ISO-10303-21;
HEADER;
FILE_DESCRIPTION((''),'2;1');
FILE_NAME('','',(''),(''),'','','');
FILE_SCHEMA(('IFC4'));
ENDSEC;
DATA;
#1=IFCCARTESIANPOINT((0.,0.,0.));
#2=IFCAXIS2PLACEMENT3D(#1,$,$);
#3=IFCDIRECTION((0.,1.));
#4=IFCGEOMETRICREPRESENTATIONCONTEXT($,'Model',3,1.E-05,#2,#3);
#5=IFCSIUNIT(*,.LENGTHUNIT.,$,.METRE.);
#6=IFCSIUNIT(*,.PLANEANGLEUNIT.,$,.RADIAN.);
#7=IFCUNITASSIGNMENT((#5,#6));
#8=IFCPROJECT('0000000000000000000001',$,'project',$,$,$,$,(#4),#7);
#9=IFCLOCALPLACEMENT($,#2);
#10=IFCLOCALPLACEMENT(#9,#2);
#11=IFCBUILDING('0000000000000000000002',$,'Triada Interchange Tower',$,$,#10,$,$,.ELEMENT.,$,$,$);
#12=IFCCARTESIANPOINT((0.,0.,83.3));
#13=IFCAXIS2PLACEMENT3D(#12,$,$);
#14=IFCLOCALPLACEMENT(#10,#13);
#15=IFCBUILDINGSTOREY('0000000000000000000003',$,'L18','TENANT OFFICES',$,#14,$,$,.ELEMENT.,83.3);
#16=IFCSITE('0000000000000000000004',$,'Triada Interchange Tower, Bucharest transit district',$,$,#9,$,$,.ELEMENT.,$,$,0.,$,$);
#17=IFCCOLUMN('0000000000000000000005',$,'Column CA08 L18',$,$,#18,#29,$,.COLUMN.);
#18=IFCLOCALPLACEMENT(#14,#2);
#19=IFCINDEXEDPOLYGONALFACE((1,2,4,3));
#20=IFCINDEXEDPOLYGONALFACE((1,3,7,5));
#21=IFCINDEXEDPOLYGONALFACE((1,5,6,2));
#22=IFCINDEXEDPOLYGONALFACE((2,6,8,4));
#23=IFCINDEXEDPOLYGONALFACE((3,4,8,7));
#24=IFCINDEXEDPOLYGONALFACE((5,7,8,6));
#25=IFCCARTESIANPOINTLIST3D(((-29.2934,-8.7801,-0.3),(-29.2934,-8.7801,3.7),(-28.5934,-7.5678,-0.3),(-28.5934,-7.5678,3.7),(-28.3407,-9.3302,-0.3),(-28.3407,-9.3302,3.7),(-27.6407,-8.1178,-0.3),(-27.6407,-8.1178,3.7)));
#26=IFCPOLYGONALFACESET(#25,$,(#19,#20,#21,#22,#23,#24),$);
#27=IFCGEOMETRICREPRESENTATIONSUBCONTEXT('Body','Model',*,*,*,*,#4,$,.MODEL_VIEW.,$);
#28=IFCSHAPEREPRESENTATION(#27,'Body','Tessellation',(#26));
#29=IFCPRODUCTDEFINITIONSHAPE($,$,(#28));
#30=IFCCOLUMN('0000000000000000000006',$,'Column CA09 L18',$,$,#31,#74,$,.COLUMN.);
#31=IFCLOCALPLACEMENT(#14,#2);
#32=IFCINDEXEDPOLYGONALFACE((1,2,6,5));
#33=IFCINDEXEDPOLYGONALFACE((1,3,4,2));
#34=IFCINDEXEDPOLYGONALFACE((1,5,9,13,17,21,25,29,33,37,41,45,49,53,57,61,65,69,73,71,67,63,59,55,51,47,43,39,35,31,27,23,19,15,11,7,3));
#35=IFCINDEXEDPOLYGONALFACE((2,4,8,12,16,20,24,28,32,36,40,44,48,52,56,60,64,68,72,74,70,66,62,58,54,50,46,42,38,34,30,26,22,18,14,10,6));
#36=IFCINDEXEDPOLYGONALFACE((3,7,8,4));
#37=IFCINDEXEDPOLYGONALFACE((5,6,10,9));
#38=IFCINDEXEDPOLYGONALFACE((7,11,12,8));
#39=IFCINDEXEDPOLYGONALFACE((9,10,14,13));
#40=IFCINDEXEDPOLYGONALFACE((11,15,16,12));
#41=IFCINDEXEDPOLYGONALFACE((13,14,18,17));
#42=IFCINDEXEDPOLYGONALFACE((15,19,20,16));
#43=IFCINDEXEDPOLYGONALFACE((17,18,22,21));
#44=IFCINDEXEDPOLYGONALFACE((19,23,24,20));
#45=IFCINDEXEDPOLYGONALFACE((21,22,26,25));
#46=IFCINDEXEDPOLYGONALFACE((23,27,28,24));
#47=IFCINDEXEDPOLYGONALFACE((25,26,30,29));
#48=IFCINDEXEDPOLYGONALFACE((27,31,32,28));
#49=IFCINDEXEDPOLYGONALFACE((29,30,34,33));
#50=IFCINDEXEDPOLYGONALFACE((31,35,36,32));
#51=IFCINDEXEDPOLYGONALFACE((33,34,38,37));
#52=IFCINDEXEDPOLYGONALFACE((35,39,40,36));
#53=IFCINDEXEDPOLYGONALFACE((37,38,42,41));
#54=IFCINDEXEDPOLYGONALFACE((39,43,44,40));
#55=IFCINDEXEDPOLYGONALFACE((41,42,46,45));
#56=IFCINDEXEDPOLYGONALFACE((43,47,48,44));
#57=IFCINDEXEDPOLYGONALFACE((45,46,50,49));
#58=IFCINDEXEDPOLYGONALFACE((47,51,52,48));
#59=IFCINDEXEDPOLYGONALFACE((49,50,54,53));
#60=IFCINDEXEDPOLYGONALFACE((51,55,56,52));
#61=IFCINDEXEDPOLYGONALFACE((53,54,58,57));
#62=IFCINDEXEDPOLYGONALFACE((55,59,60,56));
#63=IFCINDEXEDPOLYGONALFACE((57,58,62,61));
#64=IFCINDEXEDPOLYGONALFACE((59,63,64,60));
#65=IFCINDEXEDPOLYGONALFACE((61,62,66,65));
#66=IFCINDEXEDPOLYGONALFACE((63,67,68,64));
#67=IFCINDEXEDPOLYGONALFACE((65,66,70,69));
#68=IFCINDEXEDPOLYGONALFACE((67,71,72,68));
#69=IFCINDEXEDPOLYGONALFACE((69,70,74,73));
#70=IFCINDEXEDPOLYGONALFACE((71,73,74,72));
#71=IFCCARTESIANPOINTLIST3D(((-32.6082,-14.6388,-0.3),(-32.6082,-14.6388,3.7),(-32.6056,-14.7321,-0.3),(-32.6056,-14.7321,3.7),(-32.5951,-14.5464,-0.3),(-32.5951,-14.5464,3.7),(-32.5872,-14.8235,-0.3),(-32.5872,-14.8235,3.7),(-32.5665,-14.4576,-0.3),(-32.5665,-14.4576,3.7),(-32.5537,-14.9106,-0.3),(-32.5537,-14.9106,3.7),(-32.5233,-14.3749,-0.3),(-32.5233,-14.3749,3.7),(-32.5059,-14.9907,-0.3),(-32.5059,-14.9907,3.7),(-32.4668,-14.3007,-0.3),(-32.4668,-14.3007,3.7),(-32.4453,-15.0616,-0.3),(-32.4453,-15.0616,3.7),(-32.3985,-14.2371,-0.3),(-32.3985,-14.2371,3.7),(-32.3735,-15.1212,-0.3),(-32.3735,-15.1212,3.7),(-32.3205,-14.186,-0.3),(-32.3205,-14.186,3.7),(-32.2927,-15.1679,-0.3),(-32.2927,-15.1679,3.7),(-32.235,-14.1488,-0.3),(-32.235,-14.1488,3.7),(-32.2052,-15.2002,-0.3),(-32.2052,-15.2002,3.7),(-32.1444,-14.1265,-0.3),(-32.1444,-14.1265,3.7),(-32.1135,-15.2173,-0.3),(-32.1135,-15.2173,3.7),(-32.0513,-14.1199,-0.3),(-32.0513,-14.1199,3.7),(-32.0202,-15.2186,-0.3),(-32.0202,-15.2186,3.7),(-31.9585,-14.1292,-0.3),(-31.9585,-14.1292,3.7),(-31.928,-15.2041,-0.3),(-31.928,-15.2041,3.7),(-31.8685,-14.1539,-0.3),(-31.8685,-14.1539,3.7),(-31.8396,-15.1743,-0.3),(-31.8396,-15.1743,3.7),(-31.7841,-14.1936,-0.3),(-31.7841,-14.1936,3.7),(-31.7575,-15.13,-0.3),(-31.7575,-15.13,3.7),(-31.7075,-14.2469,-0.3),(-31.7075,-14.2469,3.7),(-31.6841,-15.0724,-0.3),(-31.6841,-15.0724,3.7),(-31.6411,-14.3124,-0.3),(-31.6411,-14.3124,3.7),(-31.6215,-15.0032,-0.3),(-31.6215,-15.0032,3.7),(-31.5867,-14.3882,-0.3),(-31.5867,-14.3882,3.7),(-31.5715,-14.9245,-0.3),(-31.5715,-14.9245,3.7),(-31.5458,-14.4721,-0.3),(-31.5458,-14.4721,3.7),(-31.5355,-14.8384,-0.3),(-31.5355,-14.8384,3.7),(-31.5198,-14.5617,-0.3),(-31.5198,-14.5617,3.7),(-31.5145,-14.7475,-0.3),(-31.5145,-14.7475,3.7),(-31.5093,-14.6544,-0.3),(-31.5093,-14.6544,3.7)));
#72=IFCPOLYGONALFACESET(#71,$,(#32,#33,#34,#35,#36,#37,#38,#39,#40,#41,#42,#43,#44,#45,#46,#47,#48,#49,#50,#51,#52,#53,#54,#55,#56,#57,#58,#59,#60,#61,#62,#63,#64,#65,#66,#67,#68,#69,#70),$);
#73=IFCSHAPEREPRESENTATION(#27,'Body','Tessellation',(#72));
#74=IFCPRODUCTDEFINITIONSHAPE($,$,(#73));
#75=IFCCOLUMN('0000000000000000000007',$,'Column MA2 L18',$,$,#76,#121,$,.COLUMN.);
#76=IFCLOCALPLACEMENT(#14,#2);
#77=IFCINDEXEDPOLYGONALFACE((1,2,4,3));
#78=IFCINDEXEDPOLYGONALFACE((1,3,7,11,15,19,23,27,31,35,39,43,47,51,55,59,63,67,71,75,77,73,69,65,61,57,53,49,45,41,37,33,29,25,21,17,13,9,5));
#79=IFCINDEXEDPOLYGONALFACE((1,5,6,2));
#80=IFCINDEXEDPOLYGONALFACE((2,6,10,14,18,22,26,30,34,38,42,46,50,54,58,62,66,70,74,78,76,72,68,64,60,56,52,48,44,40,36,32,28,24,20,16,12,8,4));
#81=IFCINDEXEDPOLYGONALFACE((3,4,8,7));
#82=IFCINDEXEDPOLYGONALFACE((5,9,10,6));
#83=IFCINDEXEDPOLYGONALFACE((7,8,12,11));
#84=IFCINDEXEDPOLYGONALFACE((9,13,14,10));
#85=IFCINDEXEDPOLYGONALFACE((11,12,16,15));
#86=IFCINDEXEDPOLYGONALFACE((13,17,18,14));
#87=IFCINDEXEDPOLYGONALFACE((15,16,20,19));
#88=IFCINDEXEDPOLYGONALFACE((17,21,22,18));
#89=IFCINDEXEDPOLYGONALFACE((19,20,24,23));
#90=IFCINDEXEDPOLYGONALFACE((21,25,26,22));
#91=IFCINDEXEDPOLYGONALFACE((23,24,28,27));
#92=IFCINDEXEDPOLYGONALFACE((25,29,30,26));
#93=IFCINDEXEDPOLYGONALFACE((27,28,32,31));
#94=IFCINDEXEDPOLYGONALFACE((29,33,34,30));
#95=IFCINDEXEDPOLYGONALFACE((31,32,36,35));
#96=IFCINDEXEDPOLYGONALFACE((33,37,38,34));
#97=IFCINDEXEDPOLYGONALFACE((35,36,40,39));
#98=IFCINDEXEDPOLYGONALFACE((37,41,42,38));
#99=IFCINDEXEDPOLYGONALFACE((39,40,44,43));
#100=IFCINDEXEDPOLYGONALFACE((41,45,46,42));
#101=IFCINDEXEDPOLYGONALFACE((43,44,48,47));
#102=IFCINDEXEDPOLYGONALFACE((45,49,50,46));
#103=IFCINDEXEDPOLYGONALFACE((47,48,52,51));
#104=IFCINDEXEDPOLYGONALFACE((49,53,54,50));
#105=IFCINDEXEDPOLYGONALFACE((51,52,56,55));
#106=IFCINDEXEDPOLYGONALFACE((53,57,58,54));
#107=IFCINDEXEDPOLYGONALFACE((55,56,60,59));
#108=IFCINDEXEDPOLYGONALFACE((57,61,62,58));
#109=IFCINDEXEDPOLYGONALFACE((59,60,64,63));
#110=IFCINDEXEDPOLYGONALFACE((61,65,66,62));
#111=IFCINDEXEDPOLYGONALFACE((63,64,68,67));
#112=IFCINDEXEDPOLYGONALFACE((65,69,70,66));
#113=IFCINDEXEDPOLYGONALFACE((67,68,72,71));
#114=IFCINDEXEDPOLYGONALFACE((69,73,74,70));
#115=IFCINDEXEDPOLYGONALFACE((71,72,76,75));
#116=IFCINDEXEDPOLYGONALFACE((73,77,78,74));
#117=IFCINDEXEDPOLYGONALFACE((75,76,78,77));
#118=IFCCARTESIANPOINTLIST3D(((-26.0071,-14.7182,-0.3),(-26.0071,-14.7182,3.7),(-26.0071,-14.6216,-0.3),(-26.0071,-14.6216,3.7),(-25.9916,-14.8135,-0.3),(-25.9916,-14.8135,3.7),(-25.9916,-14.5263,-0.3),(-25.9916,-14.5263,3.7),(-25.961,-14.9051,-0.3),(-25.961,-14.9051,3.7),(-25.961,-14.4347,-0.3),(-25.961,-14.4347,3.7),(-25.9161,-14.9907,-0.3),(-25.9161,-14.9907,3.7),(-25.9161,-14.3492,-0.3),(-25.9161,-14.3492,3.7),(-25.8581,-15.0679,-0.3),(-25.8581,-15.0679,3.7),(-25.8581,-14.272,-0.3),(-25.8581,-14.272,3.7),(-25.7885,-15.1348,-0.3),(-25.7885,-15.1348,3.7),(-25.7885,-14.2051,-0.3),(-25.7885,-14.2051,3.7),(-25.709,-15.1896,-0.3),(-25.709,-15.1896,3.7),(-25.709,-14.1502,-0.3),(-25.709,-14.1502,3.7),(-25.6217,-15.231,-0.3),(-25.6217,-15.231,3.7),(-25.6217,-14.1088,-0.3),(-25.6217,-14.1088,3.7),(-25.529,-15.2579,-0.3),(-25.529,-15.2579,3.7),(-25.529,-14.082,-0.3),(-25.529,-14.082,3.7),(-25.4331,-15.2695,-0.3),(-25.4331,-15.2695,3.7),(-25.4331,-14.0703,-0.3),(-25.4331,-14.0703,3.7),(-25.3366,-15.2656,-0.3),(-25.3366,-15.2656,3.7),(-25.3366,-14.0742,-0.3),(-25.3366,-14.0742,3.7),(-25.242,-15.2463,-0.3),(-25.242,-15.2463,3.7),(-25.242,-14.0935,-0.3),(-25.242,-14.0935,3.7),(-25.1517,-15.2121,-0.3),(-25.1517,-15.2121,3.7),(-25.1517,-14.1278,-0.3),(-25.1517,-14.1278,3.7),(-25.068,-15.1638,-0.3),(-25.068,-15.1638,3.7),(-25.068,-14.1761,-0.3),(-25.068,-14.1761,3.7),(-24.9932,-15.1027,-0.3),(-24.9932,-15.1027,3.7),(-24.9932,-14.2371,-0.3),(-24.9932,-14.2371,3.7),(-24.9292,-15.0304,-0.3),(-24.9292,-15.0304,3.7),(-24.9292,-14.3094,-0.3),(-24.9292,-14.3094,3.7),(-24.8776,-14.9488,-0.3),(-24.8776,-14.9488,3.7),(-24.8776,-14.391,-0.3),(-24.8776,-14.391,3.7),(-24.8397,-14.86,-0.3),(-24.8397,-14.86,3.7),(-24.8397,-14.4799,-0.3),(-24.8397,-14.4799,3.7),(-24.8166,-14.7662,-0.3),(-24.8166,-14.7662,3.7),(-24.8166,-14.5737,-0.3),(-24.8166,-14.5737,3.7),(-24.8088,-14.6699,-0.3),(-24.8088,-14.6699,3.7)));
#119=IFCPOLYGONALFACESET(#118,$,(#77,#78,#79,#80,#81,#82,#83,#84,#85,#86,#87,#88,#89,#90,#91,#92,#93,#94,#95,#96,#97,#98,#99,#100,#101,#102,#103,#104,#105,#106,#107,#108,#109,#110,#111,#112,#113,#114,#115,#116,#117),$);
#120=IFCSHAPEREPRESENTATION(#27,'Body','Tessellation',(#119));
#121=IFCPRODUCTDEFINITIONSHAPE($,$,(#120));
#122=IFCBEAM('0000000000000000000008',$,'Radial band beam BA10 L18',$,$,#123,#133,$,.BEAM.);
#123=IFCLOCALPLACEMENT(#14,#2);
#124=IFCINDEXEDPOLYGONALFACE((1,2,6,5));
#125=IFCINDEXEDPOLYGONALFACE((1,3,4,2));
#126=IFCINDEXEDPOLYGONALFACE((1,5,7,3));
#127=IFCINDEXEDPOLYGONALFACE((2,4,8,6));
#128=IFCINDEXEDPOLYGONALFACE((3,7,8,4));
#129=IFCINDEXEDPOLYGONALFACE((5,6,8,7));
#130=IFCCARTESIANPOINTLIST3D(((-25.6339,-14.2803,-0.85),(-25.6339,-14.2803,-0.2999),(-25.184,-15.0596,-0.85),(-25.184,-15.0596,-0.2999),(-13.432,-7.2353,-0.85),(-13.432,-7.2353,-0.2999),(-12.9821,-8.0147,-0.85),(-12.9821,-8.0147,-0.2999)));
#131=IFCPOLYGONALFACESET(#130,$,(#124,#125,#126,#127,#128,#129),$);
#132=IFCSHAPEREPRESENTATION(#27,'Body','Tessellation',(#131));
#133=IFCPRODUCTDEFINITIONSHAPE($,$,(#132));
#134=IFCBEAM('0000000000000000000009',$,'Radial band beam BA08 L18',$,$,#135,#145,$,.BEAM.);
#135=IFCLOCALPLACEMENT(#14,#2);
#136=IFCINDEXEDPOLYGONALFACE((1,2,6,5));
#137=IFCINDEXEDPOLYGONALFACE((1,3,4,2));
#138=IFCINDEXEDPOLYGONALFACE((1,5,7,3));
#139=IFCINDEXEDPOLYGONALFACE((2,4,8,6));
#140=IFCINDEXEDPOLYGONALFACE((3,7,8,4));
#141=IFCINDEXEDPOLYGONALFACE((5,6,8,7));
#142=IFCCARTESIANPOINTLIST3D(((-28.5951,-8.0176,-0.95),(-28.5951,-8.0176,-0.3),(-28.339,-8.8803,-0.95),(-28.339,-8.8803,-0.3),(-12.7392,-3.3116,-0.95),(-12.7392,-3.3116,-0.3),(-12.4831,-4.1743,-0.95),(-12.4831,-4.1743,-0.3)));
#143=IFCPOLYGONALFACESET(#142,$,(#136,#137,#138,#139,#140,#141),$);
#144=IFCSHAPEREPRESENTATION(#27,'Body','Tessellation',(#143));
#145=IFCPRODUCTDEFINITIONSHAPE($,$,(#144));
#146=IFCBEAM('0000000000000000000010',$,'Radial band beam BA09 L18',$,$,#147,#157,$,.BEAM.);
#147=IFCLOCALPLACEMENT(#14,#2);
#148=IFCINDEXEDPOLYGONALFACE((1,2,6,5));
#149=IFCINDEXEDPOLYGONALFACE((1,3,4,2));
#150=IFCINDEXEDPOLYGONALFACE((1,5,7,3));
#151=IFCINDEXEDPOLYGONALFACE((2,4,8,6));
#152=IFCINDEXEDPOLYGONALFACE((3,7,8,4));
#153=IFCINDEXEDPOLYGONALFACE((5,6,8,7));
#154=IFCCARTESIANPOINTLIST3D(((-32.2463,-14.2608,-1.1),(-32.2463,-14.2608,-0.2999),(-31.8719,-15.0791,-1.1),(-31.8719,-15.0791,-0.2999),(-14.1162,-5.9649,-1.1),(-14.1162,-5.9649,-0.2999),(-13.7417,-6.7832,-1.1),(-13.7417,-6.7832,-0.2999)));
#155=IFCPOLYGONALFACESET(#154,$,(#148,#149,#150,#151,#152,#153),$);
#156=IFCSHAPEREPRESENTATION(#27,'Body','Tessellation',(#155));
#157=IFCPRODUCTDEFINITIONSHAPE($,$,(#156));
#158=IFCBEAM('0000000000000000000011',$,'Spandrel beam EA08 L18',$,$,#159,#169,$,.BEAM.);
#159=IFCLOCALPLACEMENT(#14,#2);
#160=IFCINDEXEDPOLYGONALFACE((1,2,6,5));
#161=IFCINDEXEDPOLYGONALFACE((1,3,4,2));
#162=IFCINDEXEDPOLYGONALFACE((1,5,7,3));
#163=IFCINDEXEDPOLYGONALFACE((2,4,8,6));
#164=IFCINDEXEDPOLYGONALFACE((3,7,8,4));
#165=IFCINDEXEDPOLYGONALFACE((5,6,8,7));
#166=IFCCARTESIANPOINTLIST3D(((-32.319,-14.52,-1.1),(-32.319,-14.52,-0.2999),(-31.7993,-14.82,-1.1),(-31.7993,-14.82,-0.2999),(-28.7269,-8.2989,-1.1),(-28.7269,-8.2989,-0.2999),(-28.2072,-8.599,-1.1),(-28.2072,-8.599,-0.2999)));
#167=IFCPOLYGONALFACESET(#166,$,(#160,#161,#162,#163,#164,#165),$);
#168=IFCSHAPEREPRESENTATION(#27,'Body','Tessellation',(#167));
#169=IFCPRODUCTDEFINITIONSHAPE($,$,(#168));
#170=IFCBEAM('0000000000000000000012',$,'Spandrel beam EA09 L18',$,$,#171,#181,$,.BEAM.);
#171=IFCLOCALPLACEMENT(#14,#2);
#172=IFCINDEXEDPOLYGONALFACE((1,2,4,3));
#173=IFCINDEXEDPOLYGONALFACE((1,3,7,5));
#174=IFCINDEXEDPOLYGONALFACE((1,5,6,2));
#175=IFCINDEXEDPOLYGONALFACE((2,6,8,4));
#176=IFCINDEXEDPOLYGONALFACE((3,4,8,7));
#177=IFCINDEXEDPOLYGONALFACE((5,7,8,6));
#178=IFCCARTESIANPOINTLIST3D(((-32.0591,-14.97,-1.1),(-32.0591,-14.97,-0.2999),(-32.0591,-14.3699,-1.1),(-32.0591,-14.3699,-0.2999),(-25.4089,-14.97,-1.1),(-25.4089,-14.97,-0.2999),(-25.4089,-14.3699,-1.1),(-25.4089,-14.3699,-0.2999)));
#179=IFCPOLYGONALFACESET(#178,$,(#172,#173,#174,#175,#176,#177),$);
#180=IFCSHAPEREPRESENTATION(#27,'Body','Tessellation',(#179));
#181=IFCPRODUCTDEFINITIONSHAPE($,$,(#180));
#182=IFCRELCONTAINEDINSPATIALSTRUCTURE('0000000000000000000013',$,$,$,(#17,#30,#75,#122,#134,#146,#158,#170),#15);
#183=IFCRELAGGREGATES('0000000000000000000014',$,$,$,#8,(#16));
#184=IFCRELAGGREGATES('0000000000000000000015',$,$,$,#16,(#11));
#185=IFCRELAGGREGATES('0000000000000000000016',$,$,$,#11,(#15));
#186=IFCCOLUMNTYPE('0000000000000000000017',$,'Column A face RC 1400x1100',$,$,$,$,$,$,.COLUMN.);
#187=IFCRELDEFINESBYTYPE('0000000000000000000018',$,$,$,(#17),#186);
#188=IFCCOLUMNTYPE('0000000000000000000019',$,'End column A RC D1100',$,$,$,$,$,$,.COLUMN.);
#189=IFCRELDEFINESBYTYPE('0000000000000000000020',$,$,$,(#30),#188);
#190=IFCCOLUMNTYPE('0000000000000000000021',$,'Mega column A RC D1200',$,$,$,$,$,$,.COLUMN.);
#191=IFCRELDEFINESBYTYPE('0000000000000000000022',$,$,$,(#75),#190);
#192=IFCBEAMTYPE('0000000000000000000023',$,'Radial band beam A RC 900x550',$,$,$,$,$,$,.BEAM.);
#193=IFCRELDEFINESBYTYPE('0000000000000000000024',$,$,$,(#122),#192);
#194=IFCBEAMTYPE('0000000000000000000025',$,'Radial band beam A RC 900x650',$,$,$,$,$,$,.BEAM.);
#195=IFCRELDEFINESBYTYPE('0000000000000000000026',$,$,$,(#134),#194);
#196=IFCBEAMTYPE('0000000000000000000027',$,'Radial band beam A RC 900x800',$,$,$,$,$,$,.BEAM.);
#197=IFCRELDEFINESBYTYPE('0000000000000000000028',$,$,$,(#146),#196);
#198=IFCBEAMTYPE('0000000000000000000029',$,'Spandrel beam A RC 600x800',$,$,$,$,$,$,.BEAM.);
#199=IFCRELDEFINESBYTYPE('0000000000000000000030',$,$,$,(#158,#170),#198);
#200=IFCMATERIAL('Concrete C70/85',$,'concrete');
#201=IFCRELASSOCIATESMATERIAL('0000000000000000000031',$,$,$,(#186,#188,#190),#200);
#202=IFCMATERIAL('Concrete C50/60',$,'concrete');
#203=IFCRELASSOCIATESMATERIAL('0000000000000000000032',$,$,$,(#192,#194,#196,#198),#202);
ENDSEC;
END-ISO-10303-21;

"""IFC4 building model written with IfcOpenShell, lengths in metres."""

from ifc_helpers import new_model, si_unit, direction, frame, origin, origin_2d, place, context, subcontext, project, spatial, rectangle, circle, extrude, material, material_profile, profile_set, type_object, element, save


model = new_model("IFC4")

# Units and contexts
model_context = context("Model", 3, precision=1e-05, world=origin(), true_north=direction((0.0, 1.0)))
body_context = subcontext(model_context, "Body", "Model", "MODEL_VIEW")
ifc_project = project(units=[si_unit("LENGTHUNIT", "METRE"), si_unit("PLANEANGLEUNIT", "RADIAN")], contexts=[model_context])

# Site, building, storey
site_placement = place(None, origin())
site = spatial("IfcSite", under=ifc_project, at=site_placement, Name="Triada Interchange Tower, Bucharest transit district", CompositionType="ELEMENT", RefElevation=0.0)
building_placement = place(site_placement, origin())
building = spatial("IfcBuilding", under=site, at=building_placement, Name="Triada Interchange Tower", CompositionType="ELEMENT")
storey_placement = place(building_placement, frame((0.0, 0.0, 83.3)))
storey = spatial("IfcBuildingStorey", under=building, at=storey_placement, Name="L18", Description="TENANT OFFICES", CompositionType="ELEMENT", Elevation=83.3)

# Columns
ifc_material_1 = material(Name="Concrete C70/85", Category="concrete")
ifc_material_profile_1 = material_profile(ifc_material_1, rectangle(XDim=1.3999, YDim=1.1001, at=origin_2d()), Name="RC 1400x1100")
ifc_profile_set_1 = profile_set([ifc_material_profile_1], Name="Concrete C70/85")
column_type_1 = type_object("IfcColumnType", Name="Column A face RC 1400x1100", PredefinedType="COLUMN", material=ifc_profile_set_1)
column_1_placement = place(storey_placement, frame((-28.467, -8.449, -0.3), z_axis=(0.0, 0.0, 1.0), x_axis=(0.5, 0.866025, 0.0)))
element("IfcColumn", 1, at=column_1_placement, inside=storey, type_object=column_type_1, Name="Column CA08 L18", PredefinedType="COLUMN", context=body_context, shape_type="SweptSolid", body=[
    extrude(rectangle(XDim=1.3999, YDim=1.1001, at=origin_2d()), origin(), (0.0, 0.0, 1.0), 4.0),
])
ifc_material_profile_2 = material_profile(ifc_material_1, circle(Radius=0.55, at=origin_2d()), Name="RC D1100")
ifc_profile_set_2 = profile_set([ifc_material_profile_2], Name="Concrete C70/85")
column_type_2 = type_object("IfcColumnType", Name="End column A RC D1100", PredefinedType="COLUMN", material=ifc_profile_set_2)
column_2_placement = place(storey_placement, frame((-32.0591, -14.6699, -0.3), z_axis=(0.0, 0.0, 1.0), x_axis=(0.5, 0.866025, 0.0)))
element("IfcColumn", 2, at=column_2_placement, inside=storey, type_object=column_type_2, Name="Column CA09 L18", PredefinedType="COLUMN", context=body_context, shape_type="SweptSolid", body=[
    extrude(circle(Radius=0.55, at=origin_2d()), origin(), (0.0, 0.0, 1.0), 4.0),
])
ifc_material_profile_3 = material_profile(ifc_material_1, circle(Radius=0.6001, at=origin_2d()), Name="RC D1200")
ifc_profile_set_3 = profile_set([ifc_material_profile_3], Name="Concrete C70/85")
column_type_3 = type_object("IfcColumnType", Name="Mega column A RC D1200", PredefinedType="COLUMN", material=ifc_profile_set_3)
column_3_placement = place(storey_placement, frame((-25.4089, -14.6699, -0.3), z_axis=(0.0, 0.0, 1.0), x_axis=(1.0, 0.0, 0.0)))
element("IfcColumn", 3, at=column_3_placement, inside=storey, type_object=column_type_3, Name="Column MA2 L18", PredefinedType="COLUMN", context=body_context, shape_type="SweptSolid", body=[
    extrude(circle(Radius=0.6001, at=origin_2d()), origin(), (0.0, 0.0, 1.0), 4.0),
])

# Beams
ifc_material_2 = material(Name="Concrete C50/60", Category="concrete")
ifc_material_profile_4 = material_profile(ifc_material_2, rectangle(XDim=0.8999, YDim=0.55, at=origin_2d()), Name="RC 900x550")
ifc_profile_set_4 = profile_set([ifc_material_profile_4], Name="Concrete C50/60")
beam_type_1 = type_object("IfcBeamType", Name="Radial band beam A RC 900x550", PredefinedType="BEAM", material=ifc_profile_set_4)
beam_1_placement = place(storey_placement, frame((-25.4089, -14.6699, -0.575), z_axis=(0.866021, 0.500008, 0.0), x_axis=(-0.500008, 0.866021, 0.0)))
element("IfcBeam", 4, at=beam_1_placement, inside=storey, type_object=beam_type_1, Name="Radial band beam BA10 L18", PredefinedType="BEAM", context=body_context, shape_type="SweptSolid", body=[
    extrude(rectangle(XDim=0.8999, YDim=0.55, at=origin_2d()), origin(), (0.0, 0.0, 1.0), 14.0896),
])
ifc_material_profile_5 = material_profile(ifc_material_2, rectangle(XDim=0.8999, YDim=0.6499, at=origin_2d()), Name="RC 900x650")
ifc_profile_set_5 = profile_set([ifc_material_profile_5], Name="Concrete C50/60")
beam_type_2 = type_object("IfcBeamType", Name="Radial band beam A RC 900x650", PredefinedType="BEAM", material=ifc_profile_set_5)
beam_2_placement = place(storey_placement, frame((-28.467, -8.449, -0.625), z_axis=(0.958666, 0.284533, 0.0), x_axis=(-0.284533, 0.958666, 0.0)))
element("IfcBeam", 5, at=beam_2_placement, inside=storey, type_object=beam_type_2, Name="Radial band beam BA08 L18", PredefinedType="BEAM", context=body_context, shape_type="SweptSolid", body=[
    extrude(rectangle(XDim=0.8999, YDim=0.6499, at=origin_2d()), origin(), (0.0, 0.0, 1.0), 16.5396),
])
ifc_material_profile_6 = material_profile(ifc_material_2, rectangle(XDim=0.8999, YDim=0.8, at=origin_2d()), Name="RC 900x800")
ifc_profile_set_6 = profile_set([ifc_material_profile_6], Name="Concrete C50/60")
beam_type_3 = type_object("IfcBeamType", Name="Radial band beam A RC 900x800", PredefinedType="BEAM", material=ifc_profile_set_6)
beam_3_placement = place(storey_placement, frame((-32.0591, -14.6699, -0.7), z_axis=(0.909326, 0.416085, 0.0), x_axis=(-0.416085, 0.909326, 0.0)))
element("IfcBeam", 6, at=beam_3_placement, inside=storey, type_object=beam_type_3, Name="Radial band beam BA09 L18", PredefinedType="BEAM", context=body_context, shape_type="SweptSolid", body=[
    extrude(rectangle(XDim=0.8999, YDim=0.8, at=origin_2d()), origin(), (0.0, 0.0, 1.0), 19.938),
])
ifc_material_profile_7 = material_profile(ifc_material_2, rectangle(XDim=0.6001, YDim=0.8, at=origin_2d()), Name="RC 600x800")
ifc_profile_set_7 = profile_set([ifc_material_profile_7], Name="Concrete C50/60")
beam_type_4 = type_object("IfcBeamType", Name="Spandrel beam A RC 600x800", PredefinedType="BEAM", material=ifc_profile_set_7)
beam_4_placement = place(storey_placement, frame((-28.467, -8.449, -0.7), z_axis=(-0.500039, -0.866003, 0.0), x_axis=(0.866003, -0.500039, 0.0)))
element("IfcBeam", 7, at=beam_4_placement, inside=storey, type_object=beam_type_4, Name="Spandrel beam EA08 L18", PredefinedType="BEAM", context=body_context, shape_type="SweptSolid", body=[
    extrude(rectangle(XDim=0.6001, YDim=0.8, at=origin_2d()), origin(), (0.0, 0.0, 1.0), 7.1836),
])
beam_5_placement = place(storey_placement, frame((-32.0591, -14.6699, -0.7), z_axis=(1.0, 0.0, 0.0), x_axis=(0.0, 1.0, 0.0)))
element("IfcBeam", 8, at=beam_5_placement, inside=storey, type_object=beam_type_4, Name="Spandrel beam EA09 L18", PredefinedType="BEAM", context=body_context, shape_type="SweptSolid", body=[
    extrude(rectangle(XDim=0.6001, YDim=0.8, at=origin_2d()), origin(), (0.0, 0.0, 1.0), 6.6501),
])

save(model, "model.ifc")
